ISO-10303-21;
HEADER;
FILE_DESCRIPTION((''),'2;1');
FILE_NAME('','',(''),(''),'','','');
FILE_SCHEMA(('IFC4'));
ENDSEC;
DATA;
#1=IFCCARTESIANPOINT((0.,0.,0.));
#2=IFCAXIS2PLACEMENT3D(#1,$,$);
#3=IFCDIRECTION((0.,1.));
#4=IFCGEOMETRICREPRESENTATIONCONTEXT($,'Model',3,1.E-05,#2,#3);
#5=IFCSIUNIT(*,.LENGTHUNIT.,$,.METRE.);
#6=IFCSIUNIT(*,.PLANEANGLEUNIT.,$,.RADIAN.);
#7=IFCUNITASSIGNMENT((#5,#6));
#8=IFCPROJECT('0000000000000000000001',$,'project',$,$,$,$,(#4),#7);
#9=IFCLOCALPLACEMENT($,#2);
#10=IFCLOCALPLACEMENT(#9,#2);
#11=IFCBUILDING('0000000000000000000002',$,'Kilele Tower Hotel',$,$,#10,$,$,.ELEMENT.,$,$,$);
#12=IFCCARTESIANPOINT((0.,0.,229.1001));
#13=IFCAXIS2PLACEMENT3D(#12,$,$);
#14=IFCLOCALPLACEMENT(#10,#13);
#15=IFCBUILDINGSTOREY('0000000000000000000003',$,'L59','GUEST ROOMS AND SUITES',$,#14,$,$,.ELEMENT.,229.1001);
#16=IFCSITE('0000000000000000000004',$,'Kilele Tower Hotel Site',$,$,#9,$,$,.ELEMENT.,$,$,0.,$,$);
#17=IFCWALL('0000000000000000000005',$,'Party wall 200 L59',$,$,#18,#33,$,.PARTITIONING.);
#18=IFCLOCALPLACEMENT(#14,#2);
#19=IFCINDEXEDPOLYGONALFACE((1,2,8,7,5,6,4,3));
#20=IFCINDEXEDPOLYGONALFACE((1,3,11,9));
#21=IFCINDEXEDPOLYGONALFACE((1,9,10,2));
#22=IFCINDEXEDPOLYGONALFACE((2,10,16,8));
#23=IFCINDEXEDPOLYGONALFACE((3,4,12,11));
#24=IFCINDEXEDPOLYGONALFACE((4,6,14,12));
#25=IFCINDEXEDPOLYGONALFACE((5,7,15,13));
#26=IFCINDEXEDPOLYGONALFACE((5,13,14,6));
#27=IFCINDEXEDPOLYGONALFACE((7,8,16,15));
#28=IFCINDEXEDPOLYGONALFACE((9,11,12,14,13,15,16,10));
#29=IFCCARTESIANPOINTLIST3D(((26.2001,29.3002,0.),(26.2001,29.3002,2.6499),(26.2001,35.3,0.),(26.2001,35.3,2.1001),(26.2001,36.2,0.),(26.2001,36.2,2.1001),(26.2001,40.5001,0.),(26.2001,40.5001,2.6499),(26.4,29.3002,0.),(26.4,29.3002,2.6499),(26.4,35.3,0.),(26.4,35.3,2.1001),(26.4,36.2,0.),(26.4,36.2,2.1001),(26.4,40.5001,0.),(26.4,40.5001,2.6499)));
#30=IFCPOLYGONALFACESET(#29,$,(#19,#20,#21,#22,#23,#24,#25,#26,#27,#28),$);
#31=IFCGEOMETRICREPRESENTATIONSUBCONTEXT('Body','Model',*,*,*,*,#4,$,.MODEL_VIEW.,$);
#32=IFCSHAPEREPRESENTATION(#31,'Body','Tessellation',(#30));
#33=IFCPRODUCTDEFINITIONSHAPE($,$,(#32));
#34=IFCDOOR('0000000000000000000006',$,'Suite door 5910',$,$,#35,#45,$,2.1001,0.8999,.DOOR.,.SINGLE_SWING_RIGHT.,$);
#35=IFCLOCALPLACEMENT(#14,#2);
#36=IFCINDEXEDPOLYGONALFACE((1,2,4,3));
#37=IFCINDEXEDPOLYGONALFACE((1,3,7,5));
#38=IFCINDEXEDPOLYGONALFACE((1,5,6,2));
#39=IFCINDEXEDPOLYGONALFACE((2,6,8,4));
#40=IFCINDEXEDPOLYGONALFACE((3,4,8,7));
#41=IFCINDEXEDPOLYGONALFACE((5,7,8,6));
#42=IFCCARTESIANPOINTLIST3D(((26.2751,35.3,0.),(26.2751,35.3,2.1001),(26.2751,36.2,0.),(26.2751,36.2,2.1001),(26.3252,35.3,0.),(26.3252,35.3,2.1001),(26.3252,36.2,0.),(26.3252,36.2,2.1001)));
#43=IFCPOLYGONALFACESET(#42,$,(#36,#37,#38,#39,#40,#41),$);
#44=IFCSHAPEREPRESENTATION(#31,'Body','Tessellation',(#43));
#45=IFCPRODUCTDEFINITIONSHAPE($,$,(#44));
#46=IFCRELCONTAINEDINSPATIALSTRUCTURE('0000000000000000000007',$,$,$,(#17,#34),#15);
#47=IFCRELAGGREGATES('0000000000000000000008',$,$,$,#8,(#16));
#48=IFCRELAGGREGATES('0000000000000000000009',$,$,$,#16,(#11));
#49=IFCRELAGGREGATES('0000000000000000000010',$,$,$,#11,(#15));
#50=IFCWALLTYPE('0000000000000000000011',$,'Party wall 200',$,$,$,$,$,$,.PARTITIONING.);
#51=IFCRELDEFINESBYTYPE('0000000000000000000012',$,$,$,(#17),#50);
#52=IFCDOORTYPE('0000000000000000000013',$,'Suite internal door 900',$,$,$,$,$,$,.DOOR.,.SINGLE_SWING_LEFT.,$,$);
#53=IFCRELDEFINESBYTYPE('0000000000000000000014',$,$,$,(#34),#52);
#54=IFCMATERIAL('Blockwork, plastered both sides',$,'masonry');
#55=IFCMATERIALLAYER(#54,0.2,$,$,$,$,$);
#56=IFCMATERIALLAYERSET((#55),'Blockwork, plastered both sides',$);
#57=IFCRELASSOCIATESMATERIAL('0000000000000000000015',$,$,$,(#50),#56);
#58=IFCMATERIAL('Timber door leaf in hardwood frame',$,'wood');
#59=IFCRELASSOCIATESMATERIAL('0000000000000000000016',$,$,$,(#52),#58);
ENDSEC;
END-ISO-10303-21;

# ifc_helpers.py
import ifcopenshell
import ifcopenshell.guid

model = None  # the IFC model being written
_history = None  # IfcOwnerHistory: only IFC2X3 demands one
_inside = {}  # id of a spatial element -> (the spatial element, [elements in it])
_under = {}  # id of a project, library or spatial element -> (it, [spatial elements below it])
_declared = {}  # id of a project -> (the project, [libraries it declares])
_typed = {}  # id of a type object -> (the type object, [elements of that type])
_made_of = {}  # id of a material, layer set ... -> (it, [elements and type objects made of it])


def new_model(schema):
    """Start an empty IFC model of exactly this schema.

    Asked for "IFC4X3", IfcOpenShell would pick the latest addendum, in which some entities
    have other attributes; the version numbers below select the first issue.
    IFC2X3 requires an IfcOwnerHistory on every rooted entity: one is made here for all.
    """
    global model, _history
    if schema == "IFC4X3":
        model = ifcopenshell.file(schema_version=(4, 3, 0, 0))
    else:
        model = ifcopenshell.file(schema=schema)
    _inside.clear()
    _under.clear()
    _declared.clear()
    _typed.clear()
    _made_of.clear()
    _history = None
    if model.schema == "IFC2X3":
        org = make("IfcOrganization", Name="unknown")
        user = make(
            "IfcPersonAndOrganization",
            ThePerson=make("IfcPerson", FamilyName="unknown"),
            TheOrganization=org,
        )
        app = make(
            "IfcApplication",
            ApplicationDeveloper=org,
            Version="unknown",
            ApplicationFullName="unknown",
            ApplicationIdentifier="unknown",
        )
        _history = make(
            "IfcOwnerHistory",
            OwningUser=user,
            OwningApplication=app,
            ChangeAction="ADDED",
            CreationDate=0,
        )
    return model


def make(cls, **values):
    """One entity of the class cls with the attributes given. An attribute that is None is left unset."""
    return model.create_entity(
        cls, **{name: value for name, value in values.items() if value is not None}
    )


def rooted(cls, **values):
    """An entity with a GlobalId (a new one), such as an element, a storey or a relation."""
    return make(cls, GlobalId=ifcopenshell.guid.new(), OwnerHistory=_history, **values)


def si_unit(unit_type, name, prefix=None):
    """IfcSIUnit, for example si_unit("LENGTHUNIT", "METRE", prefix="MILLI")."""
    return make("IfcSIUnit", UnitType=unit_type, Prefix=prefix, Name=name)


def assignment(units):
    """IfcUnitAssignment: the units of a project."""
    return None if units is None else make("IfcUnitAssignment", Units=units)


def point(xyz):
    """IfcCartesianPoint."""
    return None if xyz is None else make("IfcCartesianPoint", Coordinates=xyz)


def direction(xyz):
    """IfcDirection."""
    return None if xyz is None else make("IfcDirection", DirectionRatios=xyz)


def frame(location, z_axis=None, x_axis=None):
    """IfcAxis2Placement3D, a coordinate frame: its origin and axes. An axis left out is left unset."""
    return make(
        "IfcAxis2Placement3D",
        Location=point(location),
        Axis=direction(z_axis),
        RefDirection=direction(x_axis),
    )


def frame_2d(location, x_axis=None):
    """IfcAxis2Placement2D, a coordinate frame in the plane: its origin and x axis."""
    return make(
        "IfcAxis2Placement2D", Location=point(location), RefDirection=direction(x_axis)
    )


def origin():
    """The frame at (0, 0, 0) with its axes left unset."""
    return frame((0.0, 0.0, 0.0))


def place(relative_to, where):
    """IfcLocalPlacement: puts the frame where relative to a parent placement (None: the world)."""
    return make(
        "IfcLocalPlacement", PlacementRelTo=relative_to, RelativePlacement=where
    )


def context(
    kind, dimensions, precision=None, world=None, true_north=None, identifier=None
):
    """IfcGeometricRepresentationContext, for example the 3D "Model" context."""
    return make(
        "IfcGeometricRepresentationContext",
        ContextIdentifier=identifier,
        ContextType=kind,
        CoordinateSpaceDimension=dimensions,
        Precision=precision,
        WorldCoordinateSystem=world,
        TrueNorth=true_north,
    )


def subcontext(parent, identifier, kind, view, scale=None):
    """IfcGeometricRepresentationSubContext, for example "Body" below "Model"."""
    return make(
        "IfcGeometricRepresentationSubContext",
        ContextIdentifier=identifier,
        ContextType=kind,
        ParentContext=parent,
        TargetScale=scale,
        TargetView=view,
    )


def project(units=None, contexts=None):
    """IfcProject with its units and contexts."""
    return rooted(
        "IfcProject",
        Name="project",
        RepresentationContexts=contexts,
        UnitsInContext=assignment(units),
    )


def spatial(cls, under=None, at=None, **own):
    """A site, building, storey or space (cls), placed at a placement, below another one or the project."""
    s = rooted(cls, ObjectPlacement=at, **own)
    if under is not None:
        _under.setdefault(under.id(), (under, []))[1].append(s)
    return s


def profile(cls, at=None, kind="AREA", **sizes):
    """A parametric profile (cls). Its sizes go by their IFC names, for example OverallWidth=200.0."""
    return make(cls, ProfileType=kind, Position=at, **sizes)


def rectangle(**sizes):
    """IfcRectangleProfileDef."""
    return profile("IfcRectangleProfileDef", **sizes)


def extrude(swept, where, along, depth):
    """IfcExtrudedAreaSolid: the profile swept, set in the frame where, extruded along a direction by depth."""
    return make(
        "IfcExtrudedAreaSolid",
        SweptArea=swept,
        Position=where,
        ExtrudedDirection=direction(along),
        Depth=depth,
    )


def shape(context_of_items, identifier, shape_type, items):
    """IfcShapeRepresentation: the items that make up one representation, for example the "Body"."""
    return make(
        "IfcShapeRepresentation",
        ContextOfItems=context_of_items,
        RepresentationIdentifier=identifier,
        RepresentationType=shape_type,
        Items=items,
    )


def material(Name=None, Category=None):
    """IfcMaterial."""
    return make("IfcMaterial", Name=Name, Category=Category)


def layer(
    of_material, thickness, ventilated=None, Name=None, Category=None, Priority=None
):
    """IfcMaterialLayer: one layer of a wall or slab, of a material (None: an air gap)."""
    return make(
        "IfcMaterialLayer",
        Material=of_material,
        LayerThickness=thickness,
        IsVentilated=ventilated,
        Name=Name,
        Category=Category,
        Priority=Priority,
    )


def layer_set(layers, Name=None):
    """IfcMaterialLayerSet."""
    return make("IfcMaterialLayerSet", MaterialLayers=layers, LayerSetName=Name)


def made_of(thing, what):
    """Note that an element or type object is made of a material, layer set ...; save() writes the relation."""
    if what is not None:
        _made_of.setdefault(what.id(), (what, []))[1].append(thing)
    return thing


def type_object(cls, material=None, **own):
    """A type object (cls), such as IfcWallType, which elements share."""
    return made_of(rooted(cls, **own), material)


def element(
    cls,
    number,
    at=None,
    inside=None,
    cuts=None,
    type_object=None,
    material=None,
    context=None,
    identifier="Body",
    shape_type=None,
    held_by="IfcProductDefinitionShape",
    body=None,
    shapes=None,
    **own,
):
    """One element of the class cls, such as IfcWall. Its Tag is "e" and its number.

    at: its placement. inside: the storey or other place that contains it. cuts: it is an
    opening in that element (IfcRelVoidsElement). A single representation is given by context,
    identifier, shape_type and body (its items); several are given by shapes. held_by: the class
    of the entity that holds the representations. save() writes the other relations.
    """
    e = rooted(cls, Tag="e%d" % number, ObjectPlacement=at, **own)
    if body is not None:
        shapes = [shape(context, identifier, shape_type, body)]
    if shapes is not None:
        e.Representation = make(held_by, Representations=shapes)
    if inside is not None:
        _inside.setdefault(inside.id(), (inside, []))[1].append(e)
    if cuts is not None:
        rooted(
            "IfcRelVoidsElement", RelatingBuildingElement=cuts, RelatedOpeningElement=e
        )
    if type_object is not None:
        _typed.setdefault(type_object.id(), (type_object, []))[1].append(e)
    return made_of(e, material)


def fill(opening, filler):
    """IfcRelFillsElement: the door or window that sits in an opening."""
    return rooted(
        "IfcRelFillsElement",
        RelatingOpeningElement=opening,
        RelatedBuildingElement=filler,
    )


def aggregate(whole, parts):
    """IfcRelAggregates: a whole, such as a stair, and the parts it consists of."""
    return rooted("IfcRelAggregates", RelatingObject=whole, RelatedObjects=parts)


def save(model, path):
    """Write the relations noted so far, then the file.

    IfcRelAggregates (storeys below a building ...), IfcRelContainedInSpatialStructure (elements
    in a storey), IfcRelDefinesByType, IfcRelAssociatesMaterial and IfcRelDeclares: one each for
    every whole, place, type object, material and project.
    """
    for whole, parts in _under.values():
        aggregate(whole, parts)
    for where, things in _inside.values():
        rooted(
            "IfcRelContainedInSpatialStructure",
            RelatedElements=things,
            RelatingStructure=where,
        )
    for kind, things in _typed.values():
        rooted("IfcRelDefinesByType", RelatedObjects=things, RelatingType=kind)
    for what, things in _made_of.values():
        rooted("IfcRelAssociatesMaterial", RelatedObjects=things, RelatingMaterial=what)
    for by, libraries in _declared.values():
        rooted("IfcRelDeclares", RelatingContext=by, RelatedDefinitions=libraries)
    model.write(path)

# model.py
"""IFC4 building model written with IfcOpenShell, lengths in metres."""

from ifc_helpers import new_model, si_unit, direction, frame, frame_2d, origin, place, context, subcontext, project, spatial, rectangle, extrude, material, layer, layer_set, type_object, element, fill, save


model = new_model("IFC4")

# Units and contexts
model_context = context("Model", 3, precision=1e-05, world=origin(), true_north=direction((0.0, 1.0)))
body_context = subcontext(model_context, "Body", "Model", "MODEL_VIEW")
ifc_project = project(units=[si_unit("LENGTHUNIT", "METRE"), si_unit("PLANEANGLEUNIT", "RADIAN")], contexts=[model_context])

# Site, building, storey
site_placement = place(None, origin())
site = spatial("IfcSite", under=ifc_project, at=site_placement, Name="Kilele Tower Hotel Site", CompositionType="ELEMENT", RefElevation=0.0)
building_placement = place(site_placement, origin())
building = spatial("IfcBuilding", under=site, at=building_placement, Name="Kilele Tower Hotel", CompositionType="ELEMENT")
storey_placement = place(building_placement, frame((0.0, 0.0, 229.1001)))
storey = spatial("IfcBuildingStorey", under=building, at=storey_placement, Name="L59", Description="GUEST ROOMS AND SUITES", CompositionType="ELEMENT", Elevation=229.1001)

# Wall, opening, door
ifc_material_1 = material(Name="Blockwork, plastered both sides", Category="masonry")
ifc_layer_1 = layer(ifc_material_1, 0.2)
ifc_layer_set_1 = layer_set([ifc_layer_1], Name="Blockwork, plastered both sides")
wall_type_1 = type_object("IfcWallType", Name="Party wall 200", PredefinedType="PARTITIONING", material=ifc_layer_set_1)
ifc_material_2 = material(Name="Timber door leaf in hardwood frame", Category="wood")
door_type_1 = type_object("IfcDoorType", Name="Suite internal door 900", OperationType="SINGLE_SWING_LEFT", PredefinedType="DOOR", material=ifc_material_2)
wall_1_placement = place(storey_placement, frame((26.3, 29.3, 0.0), z_axis=(0.0, 0.0, 1.0), x_axis=(0.0, 1.0, 0.0)))
wall_1 = element("IfcWall", 1, at=wall_1_placement, inside=storey, type_object=wall_type_1, Name="Party wall 200 L59", PredefinedType="PARTITIONING", context=body_context, shape_type="SweptSolid", body=[
    extrude(rectangle(XDim=11.2, YDim=0.2, at=frame_2d((5.6001, 0.0))), origin(), (0.0, 0.0, 1.0), 2.6499),
])
opening_1_placement = place(wall_1_placement, frame((6.0, 0.0, 0.0)))
opening_1 = element("IfcOpeningElement", 2, at=opening_1_placement, cuts=wall_1, PredefinedType="OPENING", context=body_context, shape_type="SweptSolid", body=[
    extrude(rectangle(XDim=0.8999, YDim=2.1001, at=frame_2d((0.45, 1.05))), frame((0.0, 0.1099, 0.0), z_axis=(0.0, -1.0, 0.0), x_axis=(1.0, 0.0, 0.0)), (0.0, 0.0, 1.0), 0.22),
])
door_1_placement = place(opening_1_placement, origin())
door_1 = element("IfcDoor", 3, at=door_1_placement, inside=storey, type_object=door_type_1, Name="Suite door 5910", OperationType="SINGLE_SWING_RIGHT", OverallHeight=2.1001, OverallWidth=0.8999, PredefinedType="DOOR", context=body_context, shape_type="SweptSolid", body=[
    extrude(rectangle(XDim=0.8999, YDim=2.1001, at=frame_2d((0.45, 1.05))), frame((0.0, 0.0249, 0.0), z_axis=(0.0, -1.0, 0.0), x_axis=(1.0, 0.0, 0.0)), (0.0, 0.0, 1.0), 0.05),
])
fill(opening_1, door_1)

save(model, "model.ifc")
